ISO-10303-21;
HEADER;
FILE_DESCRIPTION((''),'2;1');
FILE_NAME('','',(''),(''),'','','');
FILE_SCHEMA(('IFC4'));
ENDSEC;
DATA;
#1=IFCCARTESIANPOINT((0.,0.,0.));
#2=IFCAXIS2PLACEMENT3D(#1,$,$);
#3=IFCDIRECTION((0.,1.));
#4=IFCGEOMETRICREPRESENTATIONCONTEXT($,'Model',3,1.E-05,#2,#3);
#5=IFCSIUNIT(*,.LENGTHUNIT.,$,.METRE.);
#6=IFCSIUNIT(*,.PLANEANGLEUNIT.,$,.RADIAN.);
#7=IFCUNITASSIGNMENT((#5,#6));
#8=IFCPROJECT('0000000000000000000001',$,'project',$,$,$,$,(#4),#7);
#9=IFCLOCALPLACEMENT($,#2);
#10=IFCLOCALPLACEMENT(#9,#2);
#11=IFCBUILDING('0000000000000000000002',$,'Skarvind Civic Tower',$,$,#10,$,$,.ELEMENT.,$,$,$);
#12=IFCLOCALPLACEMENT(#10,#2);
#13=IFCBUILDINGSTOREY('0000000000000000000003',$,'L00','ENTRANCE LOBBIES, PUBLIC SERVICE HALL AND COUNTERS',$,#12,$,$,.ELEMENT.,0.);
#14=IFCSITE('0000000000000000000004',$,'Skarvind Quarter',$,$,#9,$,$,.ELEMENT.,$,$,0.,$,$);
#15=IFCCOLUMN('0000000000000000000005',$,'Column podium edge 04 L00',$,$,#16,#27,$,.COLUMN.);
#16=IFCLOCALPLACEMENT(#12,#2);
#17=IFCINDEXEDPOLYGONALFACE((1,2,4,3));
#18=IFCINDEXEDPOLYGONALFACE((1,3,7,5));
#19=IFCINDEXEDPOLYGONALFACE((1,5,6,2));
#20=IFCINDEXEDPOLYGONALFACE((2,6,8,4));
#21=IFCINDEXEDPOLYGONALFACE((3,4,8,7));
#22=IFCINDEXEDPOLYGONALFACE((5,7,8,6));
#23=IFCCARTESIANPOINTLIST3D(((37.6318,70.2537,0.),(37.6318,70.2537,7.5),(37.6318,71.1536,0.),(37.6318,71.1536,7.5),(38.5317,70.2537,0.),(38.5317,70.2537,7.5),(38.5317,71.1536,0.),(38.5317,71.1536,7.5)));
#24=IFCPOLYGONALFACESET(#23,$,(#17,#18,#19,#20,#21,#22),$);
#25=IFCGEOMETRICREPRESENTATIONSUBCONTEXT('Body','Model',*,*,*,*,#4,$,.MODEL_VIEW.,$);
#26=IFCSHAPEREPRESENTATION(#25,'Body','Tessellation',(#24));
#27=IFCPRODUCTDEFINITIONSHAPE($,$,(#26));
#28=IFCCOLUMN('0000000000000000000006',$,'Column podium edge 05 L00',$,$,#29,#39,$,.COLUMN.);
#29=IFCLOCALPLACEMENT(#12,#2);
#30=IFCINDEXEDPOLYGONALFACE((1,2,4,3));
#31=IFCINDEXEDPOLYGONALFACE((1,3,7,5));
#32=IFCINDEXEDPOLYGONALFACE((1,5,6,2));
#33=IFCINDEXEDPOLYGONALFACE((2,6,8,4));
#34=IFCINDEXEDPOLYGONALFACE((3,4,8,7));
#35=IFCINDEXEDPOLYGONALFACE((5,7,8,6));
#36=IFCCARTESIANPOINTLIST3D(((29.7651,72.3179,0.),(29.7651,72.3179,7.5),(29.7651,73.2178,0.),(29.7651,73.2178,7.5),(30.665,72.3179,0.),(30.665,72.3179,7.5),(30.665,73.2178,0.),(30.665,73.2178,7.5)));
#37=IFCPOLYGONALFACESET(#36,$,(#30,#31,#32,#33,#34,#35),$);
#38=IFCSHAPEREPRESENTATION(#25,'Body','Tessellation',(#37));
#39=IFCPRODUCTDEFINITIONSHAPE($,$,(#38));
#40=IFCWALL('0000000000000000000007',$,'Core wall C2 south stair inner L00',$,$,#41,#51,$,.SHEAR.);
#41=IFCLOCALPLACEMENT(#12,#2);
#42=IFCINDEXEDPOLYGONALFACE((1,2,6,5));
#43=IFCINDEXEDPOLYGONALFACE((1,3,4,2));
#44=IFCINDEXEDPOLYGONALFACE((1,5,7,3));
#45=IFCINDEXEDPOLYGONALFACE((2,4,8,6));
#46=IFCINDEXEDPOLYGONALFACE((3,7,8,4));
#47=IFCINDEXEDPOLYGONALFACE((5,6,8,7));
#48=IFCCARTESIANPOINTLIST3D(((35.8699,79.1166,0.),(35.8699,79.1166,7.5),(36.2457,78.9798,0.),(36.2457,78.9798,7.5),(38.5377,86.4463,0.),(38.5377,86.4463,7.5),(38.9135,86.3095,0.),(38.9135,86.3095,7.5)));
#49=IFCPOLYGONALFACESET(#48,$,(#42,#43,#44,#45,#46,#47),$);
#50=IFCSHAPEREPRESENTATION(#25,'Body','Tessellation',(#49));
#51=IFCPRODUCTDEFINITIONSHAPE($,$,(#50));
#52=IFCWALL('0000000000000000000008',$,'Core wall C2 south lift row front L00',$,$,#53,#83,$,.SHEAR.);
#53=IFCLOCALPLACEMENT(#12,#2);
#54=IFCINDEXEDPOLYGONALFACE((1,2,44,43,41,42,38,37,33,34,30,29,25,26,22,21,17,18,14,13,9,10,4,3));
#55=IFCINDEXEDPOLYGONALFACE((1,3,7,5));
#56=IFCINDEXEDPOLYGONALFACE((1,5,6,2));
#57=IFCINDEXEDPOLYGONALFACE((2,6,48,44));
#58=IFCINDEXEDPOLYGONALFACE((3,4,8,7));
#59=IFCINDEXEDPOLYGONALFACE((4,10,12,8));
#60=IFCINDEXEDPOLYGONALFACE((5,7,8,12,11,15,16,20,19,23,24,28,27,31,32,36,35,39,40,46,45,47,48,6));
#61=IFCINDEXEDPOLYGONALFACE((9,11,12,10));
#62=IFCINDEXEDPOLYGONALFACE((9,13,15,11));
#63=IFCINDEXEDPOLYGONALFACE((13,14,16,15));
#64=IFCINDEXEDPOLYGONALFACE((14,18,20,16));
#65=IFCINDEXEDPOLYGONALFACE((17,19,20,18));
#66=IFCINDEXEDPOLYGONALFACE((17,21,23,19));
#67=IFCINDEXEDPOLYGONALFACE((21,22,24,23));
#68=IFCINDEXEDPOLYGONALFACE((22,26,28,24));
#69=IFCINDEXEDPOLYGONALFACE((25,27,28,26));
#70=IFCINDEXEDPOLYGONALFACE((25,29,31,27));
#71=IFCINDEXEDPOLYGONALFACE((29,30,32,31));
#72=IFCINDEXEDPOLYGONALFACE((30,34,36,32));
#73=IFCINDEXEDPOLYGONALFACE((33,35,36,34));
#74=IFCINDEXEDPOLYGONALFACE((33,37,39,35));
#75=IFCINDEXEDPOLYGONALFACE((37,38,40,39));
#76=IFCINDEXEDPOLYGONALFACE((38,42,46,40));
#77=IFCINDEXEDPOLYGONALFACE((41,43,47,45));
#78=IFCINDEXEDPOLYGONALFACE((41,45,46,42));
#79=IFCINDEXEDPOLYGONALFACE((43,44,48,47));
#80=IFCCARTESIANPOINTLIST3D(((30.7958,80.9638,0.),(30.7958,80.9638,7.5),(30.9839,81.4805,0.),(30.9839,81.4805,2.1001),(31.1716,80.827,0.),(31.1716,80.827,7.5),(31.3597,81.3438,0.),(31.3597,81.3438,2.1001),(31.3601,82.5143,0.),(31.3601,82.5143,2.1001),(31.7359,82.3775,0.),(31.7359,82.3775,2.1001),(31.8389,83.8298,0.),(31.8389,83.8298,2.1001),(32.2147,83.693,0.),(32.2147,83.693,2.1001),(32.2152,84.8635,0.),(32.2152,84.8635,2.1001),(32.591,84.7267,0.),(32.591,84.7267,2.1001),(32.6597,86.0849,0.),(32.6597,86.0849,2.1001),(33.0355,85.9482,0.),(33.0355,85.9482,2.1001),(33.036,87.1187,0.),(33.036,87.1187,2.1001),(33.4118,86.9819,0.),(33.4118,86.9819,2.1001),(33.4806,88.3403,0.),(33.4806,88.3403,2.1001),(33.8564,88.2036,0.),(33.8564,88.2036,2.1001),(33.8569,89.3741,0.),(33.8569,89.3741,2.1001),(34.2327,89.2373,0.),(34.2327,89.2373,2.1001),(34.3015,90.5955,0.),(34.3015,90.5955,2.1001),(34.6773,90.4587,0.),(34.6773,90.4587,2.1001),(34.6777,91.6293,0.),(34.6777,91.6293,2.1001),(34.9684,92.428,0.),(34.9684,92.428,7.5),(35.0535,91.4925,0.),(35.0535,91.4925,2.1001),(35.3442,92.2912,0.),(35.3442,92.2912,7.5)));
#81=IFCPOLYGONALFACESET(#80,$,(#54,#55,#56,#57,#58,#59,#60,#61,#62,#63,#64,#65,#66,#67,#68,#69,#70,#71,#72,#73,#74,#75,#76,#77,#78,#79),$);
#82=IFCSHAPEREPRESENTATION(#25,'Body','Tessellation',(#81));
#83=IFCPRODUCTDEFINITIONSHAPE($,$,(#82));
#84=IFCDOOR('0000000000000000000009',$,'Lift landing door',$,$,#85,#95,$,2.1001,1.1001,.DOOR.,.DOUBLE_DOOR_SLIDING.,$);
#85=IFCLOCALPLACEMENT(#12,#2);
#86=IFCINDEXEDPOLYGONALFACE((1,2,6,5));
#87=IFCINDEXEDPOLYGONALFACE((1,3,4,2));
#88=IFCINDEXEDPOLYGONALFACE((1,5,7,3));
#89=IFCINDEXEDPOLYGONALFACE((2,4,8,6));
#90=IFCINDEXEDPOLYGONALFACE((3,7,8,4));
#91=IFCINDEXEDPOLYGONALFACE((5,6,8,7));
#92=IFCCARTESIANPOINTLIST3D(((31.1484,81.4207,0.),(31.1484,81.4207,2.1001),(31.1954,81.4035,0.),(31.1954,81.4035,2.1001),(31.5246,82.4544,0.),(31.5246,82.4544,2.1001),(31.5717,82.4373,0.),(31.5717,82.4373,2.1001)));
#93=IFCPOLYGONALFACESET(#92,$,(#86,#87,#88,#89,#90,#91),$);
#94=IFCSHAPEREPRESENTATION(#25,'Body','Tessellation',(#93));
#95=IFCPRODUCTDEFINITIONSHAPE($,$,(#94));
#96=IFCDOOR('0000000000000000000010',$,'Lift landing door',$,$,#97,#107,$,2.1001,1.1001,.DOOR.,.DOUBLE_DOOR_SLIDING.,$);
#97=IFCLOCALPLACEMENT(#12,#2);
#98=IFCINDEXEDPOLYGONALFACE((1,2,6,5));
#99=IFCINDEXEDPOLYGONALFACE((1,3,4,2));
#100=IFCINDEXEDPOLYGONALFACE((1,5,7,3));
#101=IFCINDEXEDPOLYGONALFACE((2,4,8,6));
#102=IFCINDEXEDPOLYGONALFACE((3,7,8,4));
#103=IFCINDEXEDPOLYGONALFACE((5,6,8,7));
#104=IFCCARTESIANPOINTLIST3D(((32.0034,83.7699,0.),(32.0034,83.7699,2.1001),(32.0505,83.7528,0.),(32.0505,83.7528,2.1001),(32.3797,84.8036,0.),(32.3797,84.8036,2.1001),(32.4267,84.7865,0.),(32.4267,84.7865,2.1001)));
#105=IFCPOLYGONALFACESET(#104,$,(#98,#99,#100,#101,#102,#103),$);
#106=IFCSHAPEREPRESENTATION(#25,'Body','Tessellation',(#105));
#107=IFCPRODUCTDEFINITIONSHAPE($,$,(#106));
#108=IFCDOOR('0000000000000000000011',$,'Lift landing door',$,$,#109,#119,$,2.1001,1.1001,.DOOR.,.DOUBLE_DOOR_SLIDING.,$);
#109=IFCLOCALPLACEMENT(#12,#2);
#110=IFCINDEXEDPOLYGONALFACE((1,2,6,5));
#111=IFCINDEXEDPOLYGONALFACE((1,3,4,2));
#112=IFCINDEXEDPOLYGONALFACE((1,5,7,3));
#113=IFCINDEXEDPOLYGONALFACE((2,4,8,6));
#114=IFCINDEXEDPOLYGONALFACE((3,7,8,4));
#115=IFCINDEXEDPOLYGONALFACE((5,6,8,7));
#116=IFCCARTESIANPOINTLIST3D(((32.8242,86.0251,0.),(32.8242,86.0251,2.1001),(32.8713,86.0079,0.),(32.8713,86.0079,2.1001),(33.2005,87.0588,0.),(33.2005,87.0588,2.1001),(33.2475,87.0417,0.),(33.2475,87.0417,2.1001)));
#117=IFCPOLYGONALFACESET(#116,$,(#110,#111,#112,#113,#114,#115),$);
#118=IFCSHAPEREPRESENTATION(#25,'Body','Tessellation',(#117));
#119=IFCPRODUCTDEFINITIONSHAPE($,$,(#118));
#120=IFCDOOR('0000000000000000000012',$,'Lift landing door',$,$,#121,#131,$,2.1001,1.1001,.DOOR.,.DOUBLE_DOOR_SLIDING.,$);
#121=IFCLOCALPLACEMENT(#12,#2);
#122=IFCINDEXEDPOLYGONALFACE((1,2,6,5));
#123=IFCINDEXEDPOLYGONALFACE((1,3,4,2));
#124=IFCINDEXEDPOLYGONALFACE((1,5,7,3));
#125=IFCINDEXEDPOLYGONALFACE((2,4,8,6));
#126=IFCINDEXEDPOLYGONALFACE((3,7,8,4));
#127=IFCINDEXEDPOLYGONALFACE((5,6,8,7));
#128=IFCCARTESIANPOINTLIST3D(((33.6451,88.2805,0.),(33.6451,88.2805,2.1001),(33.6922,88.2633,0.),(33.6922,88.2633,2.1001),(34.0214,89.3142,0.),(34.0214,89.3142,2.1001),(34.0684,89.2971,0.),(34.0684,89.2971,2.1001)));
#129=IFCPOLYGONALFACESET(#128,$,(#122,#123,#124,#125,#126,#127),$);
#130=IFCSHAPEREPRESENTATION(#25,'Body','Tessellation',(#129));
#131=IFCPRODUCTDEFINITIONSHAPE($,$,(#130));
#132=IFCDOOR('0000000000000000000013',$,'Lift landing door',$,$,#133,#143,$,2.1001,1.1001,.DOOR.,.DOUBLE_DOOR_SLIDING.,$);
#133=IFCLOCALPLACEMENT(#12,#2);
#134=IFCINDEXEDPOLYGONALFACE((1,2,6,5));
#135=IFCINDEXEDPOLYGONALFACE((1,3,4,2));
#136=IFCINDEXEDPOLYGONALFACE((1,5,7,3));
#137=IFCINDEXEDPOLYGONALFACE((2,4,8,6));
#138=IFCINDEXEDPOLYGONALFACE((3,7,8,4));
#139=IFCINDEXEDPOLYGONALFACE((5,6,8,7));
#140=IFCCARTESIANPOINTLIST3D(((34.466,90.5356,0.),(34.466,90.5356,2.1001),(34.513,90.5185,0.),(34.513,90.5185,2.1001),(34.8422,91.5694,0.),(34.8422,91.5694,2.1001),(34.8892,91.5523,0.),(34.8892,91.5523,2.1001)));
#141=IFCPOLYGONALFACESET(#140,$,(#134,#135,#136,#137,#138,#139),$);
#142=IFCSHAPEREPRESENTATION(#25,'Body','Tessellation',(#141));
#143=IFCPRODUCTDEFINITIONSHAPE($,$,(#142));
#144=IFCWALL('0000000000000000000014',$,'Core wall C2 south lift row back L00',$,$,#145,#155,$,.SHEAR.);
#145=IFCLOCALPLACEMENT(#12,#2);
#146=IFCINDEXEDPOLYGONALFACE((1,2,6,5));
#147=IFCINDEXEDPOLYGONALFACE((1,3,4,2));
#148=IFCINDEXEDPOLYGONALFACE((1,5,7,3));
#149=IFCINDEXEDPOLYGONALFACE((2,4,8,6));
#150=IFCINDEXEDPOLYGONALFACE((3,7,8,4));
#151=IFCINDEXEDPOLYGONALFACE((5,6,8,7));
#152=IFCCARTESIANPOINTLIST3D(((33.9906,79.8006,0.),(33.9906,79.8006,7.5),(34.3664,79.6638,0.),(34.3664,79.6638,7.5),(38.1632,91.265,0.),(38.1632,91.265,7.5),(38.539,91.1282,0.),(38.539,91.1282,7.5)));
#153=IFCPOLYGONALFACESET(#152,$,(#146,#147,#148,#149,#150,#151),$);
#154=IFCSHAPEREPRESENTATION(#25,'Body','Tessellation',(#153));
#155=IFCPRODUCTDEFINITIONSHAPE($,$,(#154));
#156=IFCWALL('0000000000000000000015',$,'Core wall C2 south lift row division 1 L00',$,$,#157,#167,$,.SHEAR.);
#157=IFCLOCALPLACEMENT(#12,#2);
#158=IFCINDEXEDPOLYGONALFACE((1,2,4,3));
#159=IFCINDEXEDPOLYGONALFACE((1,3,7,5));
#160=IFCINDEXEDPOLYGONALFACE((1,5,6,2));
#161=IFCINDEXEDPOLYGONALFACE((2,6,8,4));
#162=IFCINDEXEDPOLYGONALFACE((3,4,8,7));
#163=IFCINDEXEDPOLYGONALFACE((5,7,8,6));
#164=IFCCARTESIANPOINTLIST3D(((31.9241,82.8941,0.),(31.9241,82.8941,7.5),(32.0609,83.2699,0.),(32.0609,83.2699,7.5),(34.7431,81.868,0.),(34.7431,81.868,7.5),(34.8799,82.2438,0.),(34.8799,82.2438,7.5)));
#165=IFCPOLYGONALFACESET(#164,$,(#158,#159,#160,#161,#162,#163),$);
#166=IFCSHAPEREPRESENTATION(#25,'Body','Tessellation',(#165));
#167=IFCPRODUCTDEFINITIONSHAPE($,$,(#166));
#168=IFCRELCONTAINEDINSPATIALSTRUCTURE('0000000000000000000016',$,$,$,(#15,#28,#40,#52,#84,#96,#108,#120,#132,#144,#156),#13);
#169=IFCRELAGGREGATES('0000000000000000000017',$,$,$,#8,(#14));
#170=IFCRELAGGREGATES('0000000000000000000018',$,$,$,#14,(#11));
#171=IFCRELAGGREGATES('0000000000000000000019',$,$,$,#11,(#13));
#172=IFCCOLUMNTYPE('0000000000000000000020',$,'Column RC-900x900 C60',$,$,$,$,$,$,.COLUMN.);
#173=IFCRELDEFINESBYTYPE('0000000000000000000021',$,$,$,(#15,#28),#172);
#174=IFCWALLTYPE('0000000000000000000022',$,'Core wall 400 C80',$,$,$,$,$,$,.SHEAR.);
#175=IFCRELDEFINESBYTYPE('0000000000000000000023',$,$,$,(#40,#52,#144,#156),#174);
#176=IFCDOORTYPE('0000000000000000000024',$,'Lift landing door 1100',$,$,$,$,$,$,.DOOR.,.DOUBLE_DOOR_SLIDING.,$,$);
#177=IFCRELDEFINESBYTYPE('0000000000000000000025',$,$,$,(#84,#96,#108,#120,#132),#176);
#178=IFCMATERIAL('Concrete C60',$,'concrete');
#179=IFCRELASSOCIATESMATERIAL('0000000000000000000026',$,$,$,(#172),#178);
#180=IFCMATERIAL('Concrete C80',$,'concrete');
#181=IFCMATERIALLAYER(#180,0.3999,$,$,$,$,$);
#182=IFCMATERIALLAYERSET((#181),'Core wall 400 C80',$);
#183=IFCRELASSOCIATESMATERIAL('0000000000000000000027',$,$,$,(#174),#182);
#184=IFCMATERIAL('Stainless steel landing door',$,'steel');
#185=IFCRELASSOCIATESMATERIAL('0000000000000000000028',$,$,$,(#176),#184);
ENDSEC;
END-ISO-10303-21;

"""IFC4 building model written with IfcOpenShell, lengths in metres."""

from ifc_helpers import new_model, si_unit, direction, frame, frame_2d, origin, origin_2d, place, context, subcontext, project, spatial, rectangle, extrude, material, layer, layer_set, material_profile, profile_set, type_object, element, fill, save


model = new_model("IFC4")

# Units and contexts
model_context = context("Model", 3, precision=1e-05, world=origin(), true_north=direction((0.0, 1.0)))
body_context = subcontext(model_context, "Body", "Model", "MODEL_VIEW")
ifc_project = project(units=[si_unit("LENGTHUNIT", "METRE"), si_unit("PLANEANGLEUNIT", "RADIAN")], contexts=[model_context])

# Site, building, storey
site_placement = place(None, origin())
site = spatial("IfcSite", under=ifc_project, at=site_placement, Name="Skarvind Quarter", CompositionType="ELEMENT", RefElevation=0.0)
building_placement = place(site_placement, origin())
building = spatial("IfcBuilding", under=site, at=building_placement, Name="Skarvind Civic Tower", CompositionType="ELEMENT")
storey_placement = place(building_placement, origin())
storey = spatial("IfcBuildingStorey", under=building, at=storey_placement, Name="L00", Description="ENTRANCE LOBBIES, PUBLIC SERVICE HALL AND COUNTERS", CompositionType="ELEMENT", Elevation=0.0)

# Columns
ifc_material_1 = material(Name="Concrete C60", Category="concrete")
ifc_material_profile = material_profile(ifc_material_1, rectangle(XDim=0.8999, YDim=0.8999, at=origin_2d()), Name="RC-900x900")
ifc_profile_set = profile_set([ifc_material_profile], Name="Concrete C60")
column_type = type_object("IfcColumnType", Name="Column RC-900x900 C60", PredefinedType="COLUMN", material=ifc_profile_set)
for number, where, z_axis, x_axis, name in (
    (1, (38.0818, 70.7036, 0.0), (0.0, 0.0, 1.0), (1.0, 0.0, 0.0), "Column podium edge 04 L00"),
    (2, (30.2151, 72.7678, 0.0), (0.0, 0.0, 1.0), (1.0, 0.0, 0.0), "Column podium edge 05 L00"),
):
    element("IfcColumn", number, at=place(storey_placement, frame(where, z_axis=z_axis, x_axis=x_axis)), inside=storey, type_object=column_type, Name=name, PredefinedType="COLUMN", context=body_context, shape_type="SweptSolid", body=[
        extrude(rectangle(XDim=0.8999, YDim=0.8999, at=origin_2d()), origin(), (0.0, 0.0, 1.0), 7.5),
    ])

# Wall
ifc_material_2 = material(Name="Concrete C80", Category="concrete")
ifc_layer_1 = layer(ifc_material_2, 0.3999)
ifc_layer_set_1 = layer_set([ifc_layer_1], Name="Core wall 400 C80")
wall_type_1 = type_object("IfcWallType", Name="Core wall 400 C80", PredefinedType="SHEAR", material=ifc_layer_set_1)
wall_1_placement = place(storey_placement, frame((36.0579, 79.0483, 0.0), z_axis=(0.0, 0.0, 1.0), x_axis=(0.342017, 0.939694, 0.0)))
element("IfcWall", 3, at=wall_1_placement, inside=storey, type_object=wall_type_1, Name="Core wall C2 south stair inner L00", PredefinedType="SHEAR", context=body_context, shape_type="SweptSolid", body=[
    extrude(rectangle(XDim=7.8, YDim=0.3999, at=frame_2d((3.8999, 0.0))), origin(), (0.0, 0.0, 1.0), 7.5),
])

# Wall, openings, doors
wall_2_placement = place(storey_placement, frame((30.9836, 80.8953, 0.0), z_axis=(0.0, 0.0, 1.0), x_axis=(0.342021, 0.939692, 0.0)))
wall_2 = element("IfcWall", 4, at=wall_2_placement, inside=storey, type_object=wall_type_1, Name="Core wall C2 south lift row front L00", PredefinedType="SHEAR", context=body_context, shape_type="SweptSolid", body=[
    extrude(rectangle(XDim=12.2, YDim=0.3999, at=frame_2d((6.1001, 0.0))), origin(), (0.0, 0.0, 1.0), 7.5),
])
opening_1_placement = place(wall_2_placement, frame((0.55, 0.0, 0.0)))
opening_1 = element("IfcOpeningElement", 5, at=opening_1_placement, cuts=wall_2, PredefinedType="OPENING", context=body_context, shape_type="SweptSolid", body=[
    extrude(rectangle(XDim=1.1001, YDim=2.1001, at=frame_2d((0.55, 1.05))), frame((0.0, 0.21, 0.0), z_axis=(0.0, -1.0, 0.0), x_axis=(1.0, 0.0, 0.0)), (0.0, 0.0, 1.0), 0.4199),
])
opening_2_placement = place(wall_2_placement, frame((3.05, 0.0, 0.0)))
opening_2 = element("IfcOpeningElement", 6, at=opening_2_placement, cuts=wall_2, PredefinedType="OPENING", context=body_context, shape_type="SweptSolid", body=[
    extrude(rectangle(XDim=1.1001, YDim=2.1001, at=frame_2d((0.55, 1.05))), frame((0.0, 0.21, 0.0), z_axis=(0.0, -1.0, 0.0), x_axis=(1.0, 0.0, 0.0)), (0.0, 0.0, 1.0), 0.4199),
])
opening_3_placement = place(wall_2_placement, frame((5.45, 0.0, 0.0)))
opening_3 = element("IfcOpeningElement", 7, at=opening_3_placement, cuts=wall_2, PredefinedType="OPENING", context=body_context, shape_type="SweptSolid", body=[
    extrude(rectangle(XDim=1.1001, YDim=2.1001, at=frame_2d((0.55, 1.05))), frame((0.0, 0.21, 0.0), z_axis=(0.0, -1.0, 0.0), x_axis=(1.0, 0.0, 0.0)), (0.0, 0.0, 1.0), 0.4199),
])
opening_4_placement = place(wall_2_placement, frame((7.8501, 0.0, 0.0)))
opening_4 = element("IfcOpeningElement", 8, at=opening_4_placement, cuts=wall_2, PredefinedType="OPENING", context=body_context, shape_type="SweptSolid", body=[
    extrude(rectangle(XDim=1.1001, YDim=2.1001, at=frame_2d((0.55, 1.05))), frame((0.0, 0.21, 0.0), z_axis=(0.0, -1.0, 0.0), x_axis=(1.0, 0.0, 0.0)), (0.0, 0.0, 1.0), 0.4199),
])
opening_5_placement = place(wall_2_placement, frame((10.25, 0.0, 0.0)))
opening_5 = element("IfcOpeningElement", 9, at=opening_5_placement, cuts=wall_2, PredefinedType="OPENING", context=body_context, shape_type="SweptSolid", body=[
    extrude(rectangle(XDim=1.1001, YDim=2.1001, at=frame_2d((0.55, 1.05))), frame((0.0, 0.21, 0.0), z_axis=(0.0, -1.0, 0.0), x_axis=(1.0, 0.0, 0.0)), (0.0, 0.0, 1.0), 0.4199),
])
ifc_material_3 = material(Name="Stainless steel landing door", Category="steel")
door_type_1 = type_object("IfcDoorType", Name="Lift landing door 1100", OperationType="DOUBLE_DOOR_SLIDING", PredefinedType="DOOR", material=ifc_material_3)
door_1_placement = place(opening_1_placement, origin())
door_1 = element("IfcDoor", 10, at=door_1_placement, inside=storey, type_object=door_type_1, Name="Lift landing door", OperationType="DOUBLE_DOOR_SLIDING", OverallHeight=2.1001, OverallWidth=1.1001, PredefinedType="DOOR", context=body_context, shape_type="SweptSolid", body=[
    extrude(rectangle(XDim=1.1001, YDim=2.1001, at=frame_2d((0.55, 1.05))), frame((0.0, 0.0249, 0.0), z_axis=(0.0, -1.0, 0.0), x_axis=(1.0, 0.0, 0.0)), (0.0, 0.0, 1.0), 0.05),
])
fill(opening_1, door_1)
door_2_placement = place(opening_2_placement, origin())
door_2 = element("IfcDoor", 11, at=door_2_placement, inside=storey, type_object=door_type_1, Name="Lift landing door", OperationType="DOUBLE_DOOR_SLIDING", OverallHeight=2.1001, OverallWidth=1.1001, PredefinedType="DOOR", context=body_context, shape_type="SweptSolid", body=[
    extrude(rectangle(XDim=1.1001, YDim=2.1001, at=frame_2d((0.55, 1.05))), frame((0.0, 0.0249, 0.0), z_axis=(0.0, -1.0, 0.0), x_axis=(1.0, 0.0, 0.0)), (0.0, 0.0, 1.0), 0.05),
])
fill(opening_2, door_2)
door_3_placement = place(opening_3_placement, origin())
door_3 = element("IfcDoor", 12, at=door_3_placement, inside=storey, type_object=door_type_1, Name="Lift landing door", OperationType="DOUBLE_DOOR_SLIDING", OverallHeight=2.1001, OverallWidth=1.1001, PredefinedType="DOOR", context=body_context, shape_type="SweptSolid", body=[
    extrude(rectangle(XDim=1.1001, YDim=2.1001, at=frame_2d((0.55, 1.05))), frame((0.0, 0.0249, 0.0), z_axis=(0.0, -1.0, 0.0), x_axis=(1.0, 0.0, 0.0)), (0.0, 0.0, 1.0), 0.05),
])
fill(opening_3, door_3)
door_4_placement = place(opening_4_placement, origin())
door_4 = element("IfcDoor", 13, at=door_4_placement, inside=storey, type_object=door_type_1, Name="Lift landing door", OperationType="DOUBLE_DOOR_SLIDING", OverallHeight=2.1001, OverallWidth=1.1001, PredefinedType="DOOR", context=body_context, shape_type="SweptSolid", body=[
    extrude(rectangle(XDim=1.1001, YDim=2.1001, at=frame_2d((0.55, 1.05))), frame((0.0, 0.0249, 0.0), z_axis=(0.0, -1.0, 0.0), x_axis=(1.0, 0.0, 0.0)), (0.0, 0.0, 1.0), 0.05),
])
fill(opening_4, door_4)
door_5_placement = place(opening_5_placement, origin())
door_5 = element("IfcDoor", 14, at=door_5_placement, inside=storey, type_object=door_type_1, Name="Lift landing door", OperationType="DOUBLE_DOOR_SLIDING", OverallHeight=2.1001, OverallWidth=1.1001, PredefinedType="DOOR", context=body_context, shape_type="SweptSolid", body=[
    extrude(rectangle(XDim=1.1001, YDim=2.1001, at=frame_2d((0.55, 1.05))), frame((0.0, 0.0249, 0.0), z_axis=(0.0, -1.0, 0.0), x_axis=(1.0, 0.0, 0.0)), (0.0, 0.0, 1.0), 0.05),
])
fill(opening_5, door_5)

# Walls
wall_3_placement = place(storey_placement, frame((34.1785, 79.7322, 0.0), z_axis=(0.0, 0.0, 1.0), x_axis=(0.342015, 0.939695, 0.0)))
element("IfcWall", 15, at=wall_3_placement, inside=storey, type_object=wall_type_1, Name="Core wall C2 south lift row back L00", PredefinedType="SHEAR", context=body_context, shape_type="SweptSolid", body=[
    extrude(rectangle(XDim=12.2002, YDim=0.3999, at=frame_2d((6.1001, 0.0))), origin(), (0.0, 0.0, 1.0), 7.5),
])
for number, where, z_axis, x_axis, name in (
    (16, (34.8115, 82.0559, 0.0), (0.0, 0.0, 1.0), (-0.939686, 0.342037, 0.0), "Core wall C2 south lift row division 1 L00"),
):
    element("IfcWall", number, at=place(storey_placement, frame(where, z_axis=z_axis, x_axis=x_axis)), inside=storey, type_object=wall_type_1, Name=name, PredefinedType="SHEAR", context=body_context, shape_type="SweptSolid", body=[
        extrude(rectangle(XDim=3.0, YDim=0.3999, at=frame_2d((1.5, 0.0))), origin(), (0.0, 0.0, 1.0), 7.5),
    ])

save(model, "model.ifc")
